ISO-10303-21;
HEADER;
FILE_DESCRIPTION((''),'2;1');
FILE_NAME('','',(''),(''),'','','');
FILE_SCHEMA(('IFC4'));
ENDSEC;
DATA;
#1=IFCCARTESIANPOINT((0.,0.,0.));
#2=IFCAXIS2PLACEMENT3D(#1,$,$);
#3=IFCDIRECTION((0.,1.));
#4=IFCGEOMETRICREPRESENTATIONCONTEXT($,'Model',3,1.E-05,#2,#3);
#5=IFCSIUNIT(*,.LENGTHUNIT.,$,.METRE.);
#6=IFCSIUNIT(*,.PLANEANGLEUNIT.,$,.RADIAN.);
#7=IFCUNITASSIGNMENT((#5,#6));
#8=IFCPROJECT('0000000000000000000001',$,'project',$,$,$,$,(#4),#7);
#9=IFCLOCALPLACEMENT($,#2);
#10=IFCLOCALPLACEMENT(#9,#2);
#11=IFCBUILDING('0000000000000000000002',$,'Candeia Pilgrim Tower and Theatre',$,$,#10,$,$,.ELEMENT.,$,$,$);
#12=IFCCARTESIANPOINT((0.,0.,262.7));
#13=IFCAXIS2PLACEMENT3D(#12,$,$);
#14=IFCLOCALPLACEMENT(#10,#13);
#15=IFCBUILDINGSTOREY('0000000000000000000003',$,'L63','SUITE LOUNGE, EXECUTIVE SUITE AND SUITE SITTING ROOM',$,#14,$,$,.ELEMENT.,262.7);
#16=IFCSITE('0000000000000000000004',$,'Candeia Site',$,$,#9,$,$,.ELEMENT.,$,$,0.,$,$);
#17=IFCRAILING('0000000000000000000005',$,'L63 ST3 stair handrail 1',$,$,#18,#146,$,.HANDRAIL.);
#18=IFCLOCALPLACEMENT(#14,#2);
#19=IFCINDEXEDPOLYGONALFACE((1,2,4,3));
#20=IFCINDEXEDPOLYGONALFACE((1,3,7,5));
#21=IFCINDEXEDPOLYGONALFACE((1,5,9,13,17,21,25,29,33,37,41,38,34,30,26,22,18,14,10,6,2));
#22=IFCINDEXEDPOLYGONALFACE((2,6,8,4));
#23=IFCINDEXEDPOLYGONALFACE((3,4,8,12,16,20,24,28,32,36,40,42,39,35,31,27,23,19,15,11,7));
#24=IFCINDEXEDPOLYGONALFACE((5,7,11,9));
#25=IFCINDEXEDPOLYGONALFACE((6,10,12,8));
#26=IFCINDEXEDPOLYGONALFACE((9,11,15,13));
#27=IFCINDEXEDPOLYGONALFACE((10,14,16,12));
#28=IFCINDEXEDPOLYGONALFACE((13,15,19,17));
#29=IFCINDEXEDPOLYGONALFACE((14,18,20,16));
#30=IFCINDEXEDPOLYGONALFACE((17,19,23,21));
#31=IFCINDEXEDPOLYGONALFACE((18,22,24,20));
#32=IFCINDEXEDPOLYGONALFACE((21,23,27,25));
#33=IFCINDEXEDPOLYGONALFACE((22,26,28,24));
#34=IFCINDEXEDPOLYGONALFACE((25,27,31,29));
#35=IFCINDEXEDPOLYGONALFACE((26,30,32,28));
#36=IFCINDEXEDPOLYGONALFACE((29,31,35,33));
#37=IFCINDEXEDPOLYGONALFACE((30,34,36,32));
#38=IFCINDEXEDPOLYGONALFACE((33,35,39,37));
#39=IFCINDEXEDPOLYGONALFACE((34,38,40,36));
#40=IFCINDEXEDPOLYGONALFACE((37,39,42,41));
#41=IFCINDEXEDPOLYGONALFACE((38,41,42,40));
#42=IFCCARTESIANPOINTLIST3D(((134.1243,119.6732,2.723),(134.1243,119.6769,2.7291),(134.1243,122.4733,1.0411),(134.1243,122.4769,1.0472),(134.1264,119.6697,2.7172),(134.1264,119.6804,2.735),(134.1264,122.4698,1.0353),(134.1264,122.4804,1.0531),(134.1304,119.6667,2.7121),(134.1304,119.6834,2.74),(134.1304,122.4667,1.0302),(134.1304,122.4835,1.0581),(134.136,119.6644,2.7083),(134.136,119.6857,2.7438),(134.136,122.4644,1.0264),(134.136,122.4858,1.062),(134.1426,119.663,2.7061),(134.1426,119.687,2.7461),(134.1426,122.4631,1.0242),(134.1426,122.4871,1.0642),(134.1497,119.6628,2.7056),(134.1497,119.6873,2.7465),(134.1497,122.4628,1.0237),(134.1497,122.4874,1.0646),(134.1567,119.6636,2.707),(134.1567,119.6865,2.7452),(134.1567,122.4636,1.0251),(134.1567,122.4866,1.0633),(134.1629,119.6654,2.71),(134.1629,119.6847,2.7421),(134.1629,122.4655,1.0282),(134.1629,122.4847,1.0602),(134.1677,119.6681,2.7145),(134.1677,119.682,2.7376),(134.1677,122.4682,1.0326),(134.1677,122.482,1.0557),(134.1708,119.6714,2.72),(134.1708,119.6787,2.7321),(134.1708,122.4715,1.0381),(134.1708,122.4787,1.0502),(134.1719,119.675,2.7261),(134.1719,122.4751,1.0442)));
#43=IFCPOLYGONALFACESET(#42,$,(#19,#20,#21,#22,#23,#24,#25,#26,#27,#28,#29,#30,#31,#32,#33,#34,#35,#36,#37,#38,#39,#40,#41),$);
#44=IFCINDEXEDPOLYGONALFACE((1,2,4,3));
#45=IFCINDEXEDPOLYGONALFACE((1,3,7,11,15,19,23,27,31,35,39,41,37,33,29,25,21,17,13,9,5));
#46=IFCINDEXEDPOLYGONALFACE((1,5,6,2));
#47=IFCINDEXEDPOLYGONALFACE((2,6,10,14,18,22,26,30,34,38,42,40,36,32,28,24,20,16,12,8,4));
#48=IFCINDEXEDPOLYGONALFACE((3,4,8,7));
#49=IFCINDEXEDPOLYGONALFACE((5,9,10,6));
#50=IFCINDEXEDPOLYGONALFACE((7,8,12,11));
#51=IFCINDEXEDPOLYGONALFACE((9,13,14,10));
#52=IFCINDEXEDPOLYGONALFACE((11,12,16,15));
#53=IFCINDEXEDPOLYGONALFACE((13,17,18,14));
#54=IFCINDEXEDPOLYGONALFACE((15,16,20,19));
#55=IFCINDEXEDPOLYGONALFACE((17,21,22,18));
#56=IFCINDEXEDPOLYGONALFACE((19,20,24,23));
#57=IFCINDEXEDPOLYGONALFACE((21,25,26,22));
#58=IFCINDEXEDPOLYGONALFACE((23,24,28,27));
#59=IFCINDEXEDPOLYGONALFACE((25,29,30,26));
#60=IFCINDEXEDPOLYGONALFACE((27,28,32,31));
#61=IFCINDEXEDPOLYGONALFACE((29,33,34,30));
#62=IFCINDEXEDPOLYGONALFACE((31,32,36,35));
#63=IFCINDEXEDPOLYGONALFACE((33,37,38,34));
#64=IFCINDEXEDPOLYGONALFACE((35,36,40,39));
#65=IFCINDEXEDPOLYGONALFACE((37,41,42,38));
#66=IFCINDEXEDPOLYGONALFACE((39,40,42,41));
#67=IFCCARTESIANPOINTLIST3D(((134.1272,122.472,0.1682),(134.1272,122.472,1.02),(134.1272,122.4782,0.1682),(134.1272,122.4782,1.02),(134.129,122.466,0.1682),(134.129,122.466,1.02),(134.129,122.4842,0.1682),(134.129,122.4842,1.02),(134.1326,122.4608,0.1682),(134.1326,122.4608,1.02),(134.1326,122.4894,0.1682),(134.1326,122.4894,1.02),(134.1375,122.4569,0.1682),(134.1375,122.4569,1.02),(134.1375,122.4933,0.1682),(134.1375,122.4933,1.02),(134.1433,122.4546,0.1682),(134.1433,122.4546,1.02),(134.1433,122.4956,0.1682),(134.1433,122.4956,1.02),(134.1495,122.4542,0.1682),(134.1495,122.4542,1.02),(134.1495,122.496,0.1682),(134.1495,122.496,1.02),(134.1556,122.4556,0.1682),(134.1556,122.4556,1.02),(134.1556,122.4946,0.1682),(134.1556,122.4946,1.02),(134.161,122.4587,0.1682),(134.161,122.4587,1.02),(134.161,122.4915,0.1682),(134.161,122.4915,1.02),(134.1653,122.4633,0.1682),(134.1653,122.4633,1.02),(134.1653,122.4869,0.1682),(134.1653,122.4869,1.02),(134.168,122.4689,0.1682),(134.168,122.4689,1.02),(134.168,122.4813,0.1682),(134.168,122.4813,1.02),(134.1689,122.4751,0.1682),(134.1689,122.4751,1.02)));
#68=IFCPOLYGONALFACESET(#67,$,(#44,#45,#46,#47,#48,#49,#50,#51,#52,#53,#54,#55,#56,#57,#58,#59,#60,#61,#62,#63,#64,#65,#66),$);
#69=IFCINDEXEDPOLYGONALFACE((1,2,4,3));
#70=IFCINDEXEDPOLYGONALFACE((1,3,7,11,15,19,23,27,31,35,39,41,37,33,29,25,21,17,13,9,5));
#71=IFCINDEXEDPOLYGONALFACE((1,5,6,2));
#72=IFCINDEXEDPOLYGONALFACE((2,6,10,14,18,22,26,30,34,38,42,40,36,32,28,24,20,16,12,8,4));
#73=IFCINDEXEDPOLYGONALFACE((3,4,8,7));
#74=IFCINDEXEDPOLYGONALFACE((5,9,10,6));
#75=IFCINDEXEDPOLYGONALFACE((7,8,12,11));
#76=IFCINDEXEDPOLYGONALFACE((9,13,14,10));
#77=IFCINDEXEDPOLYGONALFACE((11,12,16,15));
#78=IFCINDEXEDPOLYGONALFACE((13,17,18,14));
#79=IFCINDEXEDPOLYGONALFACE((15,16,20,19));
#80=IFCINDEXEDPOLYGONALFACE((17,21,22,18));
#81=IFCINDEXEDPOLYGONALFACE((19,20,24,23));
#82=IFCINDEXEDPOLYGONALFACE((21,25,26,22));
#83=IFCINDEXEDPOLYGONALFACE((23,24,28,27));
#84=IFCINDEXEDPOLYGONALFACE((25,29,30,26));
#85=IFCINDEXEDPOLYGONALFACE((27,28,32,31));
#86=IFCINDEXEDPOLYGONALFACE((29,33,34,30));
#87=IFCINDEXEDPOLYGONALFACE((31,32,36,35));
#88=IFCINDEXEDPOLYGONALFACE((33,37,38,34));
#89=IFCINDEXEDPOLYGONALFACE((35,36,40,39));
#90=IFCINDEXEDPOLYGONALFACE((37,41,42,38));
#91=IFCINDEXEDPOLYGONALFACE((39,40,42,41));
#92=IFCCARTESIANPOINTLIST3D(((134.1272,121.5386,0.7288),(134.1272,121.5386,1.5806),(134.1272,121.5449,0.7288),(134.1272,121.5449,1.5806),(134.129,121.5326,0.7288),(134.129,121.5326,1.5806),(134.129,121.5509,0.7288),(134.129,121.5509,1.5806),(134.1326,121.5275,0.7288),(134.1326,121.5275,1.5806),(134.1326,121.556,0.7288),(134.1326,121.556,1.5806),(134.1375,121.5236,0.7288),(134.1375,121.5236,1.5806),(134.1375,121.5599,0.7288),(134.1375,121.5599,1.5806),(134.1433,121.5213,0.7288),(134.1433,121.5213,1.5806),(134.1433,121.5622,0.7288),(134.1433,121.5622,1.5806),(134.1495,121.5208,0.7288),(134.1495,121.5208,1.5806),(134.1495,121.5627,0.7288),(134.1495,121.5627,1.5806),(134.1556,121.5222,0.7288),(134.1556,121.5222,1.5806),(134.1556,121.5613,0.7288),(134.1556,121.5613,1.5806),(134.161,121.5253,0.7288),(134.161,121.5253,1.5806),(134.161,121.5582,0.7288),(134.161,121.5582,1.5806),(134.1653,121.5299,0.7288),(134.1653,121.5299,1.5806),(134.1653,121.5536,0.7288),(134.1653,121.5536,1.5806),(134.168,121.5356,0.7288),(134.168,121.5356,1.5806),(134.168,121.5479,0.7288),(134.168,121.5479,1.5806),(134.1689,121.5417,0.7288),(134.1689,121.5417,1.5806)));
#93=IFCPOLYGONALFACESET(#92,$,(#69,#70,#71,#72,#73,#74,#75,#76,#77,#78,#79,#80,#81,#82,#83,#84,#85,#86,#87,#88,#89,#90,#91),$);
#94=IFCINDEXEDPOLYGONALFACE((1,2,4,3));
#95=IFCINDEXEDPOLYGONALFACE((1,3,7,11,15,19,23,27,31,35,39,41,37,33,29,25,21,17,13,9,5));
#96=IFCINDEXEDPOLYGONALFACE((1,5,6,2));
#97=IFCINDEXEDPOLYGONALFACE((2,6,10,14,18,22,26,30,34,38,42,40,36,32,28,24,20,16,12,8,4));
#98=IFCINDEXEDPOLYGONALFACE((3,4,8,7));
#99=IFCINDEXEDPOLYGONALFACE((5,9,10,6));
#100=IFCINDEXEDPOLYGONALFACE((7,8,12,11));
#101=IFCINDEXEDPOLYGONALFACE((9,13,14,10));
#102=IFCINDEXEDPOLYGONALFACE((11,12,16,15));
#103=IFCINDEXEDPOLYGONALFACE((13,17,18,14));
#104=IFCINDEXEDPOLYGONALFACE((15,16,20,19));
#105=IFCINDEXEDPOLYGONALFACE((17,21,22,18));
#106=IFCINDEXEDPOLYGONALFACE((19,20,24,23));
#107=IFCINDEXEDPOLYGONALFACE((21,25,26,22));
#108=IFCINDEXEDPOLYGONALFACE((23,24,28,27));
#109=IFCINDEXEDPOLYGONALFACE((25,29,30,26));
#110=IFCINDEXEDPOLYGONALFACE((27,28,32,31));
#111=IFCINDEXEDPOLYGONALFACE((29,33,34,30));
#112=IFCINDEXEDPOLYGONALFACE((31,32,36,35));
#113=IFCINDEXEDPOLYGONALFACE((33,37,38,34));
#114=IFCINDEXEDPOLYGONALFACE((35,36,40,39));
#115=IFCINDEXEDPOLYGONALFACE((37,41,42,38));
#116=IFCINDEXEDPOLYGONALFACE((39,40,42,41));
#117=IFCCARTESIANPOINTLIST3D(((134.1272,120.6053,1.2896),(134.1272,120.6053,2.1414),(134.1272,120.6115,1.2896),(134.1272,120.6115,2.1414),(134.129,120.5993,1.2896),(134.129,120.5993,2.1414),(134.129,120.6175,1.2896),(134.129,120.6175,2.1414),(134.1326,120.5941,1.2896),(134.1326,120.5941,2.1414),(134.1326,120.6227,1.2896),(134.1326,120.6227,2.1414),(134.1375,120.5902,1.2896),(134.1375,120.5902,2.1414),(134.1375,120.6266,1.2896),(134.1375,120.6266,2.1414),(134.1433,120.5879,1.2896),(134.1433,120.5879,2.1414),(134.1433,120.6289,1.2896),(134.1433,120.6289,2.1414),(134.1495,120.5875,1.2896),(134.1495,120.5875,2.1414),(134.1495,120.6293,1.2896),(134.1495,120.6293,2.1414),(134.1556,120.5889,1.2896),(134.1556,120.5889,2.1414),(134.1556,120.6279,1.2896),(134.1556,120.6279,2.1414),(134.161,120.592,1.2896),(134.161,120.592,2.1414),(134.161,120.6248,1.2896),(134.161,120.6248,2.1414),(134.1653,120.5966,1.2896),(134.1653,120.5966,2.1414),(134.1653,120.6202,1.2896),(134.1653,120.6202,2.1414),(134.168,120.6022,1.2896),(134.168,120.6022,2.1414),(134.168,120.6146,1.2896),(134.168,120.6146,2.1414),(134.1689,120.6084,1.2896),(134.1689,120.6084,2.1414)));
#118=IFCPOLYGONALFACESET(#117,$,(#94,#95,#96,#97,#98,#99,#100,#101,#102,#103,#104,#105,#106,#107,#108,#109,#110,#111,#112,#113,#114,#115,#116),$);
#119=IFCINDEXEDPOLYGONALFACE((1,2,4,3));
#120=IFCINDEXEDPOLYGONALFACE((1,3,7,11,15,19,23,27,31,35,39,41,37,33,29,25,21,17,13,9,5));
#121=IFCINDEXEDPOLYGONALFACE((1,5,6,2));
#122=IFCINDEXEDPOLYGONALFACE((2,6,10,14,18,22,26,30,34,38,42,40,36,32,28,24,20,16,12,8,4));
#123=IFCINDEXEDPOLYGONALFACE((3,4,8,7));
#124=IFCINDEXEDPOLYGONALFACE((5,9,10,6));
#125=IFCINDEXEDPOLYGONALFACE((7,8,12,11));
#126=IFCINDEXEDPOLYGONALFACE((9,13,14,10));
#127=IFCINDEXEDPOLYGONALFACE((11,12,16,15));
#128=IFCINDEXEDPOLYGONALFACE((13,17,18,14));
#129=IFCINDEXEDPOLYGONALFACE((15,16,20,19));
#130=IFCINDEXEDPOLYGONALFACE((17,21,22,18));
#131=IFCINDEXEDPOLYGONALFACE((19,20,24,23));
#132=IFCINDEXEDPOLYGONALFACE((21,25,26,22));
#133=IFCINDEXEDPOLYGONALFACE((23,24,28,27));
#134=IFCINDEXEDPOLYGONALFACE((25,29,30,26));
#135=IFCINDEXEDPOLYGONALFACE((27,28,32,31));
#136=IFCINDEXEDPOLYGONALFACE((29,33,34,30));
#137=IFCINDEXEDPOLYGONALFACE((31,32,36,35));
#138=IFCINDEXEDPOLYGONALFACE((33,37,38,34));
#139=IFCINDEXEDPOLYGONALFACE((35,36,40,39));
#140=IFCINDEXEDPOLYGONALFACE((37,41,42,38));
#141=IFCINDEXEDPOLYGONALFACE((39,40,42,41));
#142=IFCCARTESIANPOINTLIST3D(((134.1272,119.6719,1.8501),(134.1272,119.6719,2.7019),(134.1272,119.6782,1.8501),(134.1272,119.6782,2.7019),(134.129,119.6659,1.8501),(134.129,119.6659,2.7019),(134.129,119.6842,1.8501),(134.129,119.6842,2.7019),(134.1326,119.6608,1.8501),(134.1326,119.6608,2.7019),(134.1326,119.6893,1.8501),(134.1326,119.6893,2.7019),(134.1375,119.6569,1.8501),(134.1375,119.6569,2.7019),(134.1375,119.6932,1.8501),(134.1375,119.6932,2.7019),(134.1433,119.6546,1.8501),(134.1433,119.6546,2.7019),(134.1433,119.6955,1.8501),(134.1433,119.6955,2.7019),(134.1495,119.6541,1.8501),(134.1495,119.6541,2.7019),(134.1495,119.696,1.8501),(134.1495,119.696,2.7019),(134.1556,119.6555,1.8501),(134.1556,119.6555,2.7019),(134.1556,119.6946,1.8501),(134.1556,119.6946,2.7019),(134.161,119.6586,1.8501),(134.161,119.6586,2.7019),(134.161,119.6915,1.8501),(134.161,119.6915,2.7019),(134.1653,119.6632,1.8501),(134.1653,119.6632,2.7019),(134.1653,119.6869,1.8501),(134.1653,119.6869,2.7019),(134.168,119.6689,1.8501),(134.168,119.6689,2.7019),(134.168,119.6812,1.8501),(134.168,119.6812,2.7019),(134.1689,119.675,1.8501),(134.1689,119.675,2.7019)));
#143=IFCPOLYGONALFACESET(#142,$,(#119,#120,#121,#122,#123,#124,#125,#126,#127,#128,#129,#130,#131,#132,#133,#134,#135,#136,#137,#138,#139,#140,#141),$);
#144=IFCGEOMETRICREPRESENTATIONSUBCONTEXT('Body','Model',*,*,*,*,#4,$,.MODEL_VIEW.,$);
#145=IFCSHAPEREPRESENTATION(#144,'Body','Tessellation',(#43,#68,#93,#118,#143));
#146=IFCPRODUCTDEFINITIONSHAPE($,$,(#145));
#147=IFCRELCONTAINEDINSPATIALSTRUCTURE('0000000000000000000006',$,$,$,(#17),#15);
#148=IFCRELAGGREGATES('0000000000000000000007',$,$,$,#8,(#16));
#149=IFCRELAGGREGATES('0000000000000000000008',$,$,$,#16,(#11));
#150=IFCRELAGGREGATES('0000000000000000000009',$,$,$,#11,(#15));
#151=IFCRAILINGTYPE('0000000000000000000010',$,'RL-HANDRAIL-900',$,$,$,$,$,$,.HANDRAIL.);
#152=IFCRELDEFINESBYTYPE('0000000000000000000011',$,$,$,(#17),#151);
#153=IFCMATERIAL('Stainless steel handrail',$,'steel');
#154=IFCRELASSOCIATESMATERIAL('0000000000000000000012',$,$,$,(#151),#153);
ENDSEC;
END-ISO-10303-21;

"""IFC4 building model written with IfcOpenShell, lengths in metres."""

from ifc_helpers import new_model, si_unit, direction, frame, origin, origin_2d, place, context, subcontext, project, spatial, circle, extrude, material, type_object, element, save


model = new_model("IFC4")

# Units and contexts
model_context = context("Model", 3, precision=1e-05, world=origin(), true_north=direction((0.0, 1.0)))
body_context = subcontext(model_context, "Body", "Model", "MODEL_VIEW")
ifc_project = project(units=[si_unit("LENGTHUNIT", "METRE"), si_unit("PLANEANGLEUNIT", "RADIAN")], contexts=[model_context])

# Site, building, storey
site_placement = place(None, origin())
site = spatial("IfcSite", under=ifc_project, at=site_placement, Name="Candeia Site", CompositionType="ELEMENT", RefElevation=0.0)
building_placement = place(site_placement, origin())
building = spatial("IfcBuilding", under=site, at=building_placement, Name="Candeia Pilgrim Tower and Theatre", CompositionType="ELEMENT")
storey_placement = place(building_placement, frame((0.0, 0.0, 262.7)))
storey = spatial("IfcBuildingStorey", under=building, at=storey_placement, Name="L63", Description="SUITE LOUNGE, EXECUTIVE SUITE AND SUITE SITTING ROOM", CompositionType="ELEMENT", Elevation=262.7)

# Railing
ifc_material_1 = material(Name="Stainless steel handrail", Category="steel")
railing_type_1 = type_object("IfcRailingType", Name="RL-HANDRAIL-900", PredefinedType="HANDRAIL", material=ifc_material_1)
railing_1_placement = place(storey_placement, frame((134.1479, 122.4751, 0.1682)))
element("IfcRailing", 1, at=railing_1_placement, inside=storey, type_object=railing_type_1, Name="L63 ST3 stair handrail 1", PredefinedType="HANDRAIL", context=body_context, shape_type="SweptSolid", body=[
    extrude(circle(Radius=0.0239, at=origin_2d()), frame((0.0, 0.0, 0.876), z_axis=(0.0, -0.857242, 0.514913), x_axis=(1.0, 0.0, 0.0)), (0.0, 0.0, 1.0), 3.2664),
    extrude(circle(Radius=0.021, at=origin_2d()), origin(), (0.0, 0.0, 1.0), 0.8518),
    extrude(circle(Radius=0.021, at=origin_2d()), frame((0.0, -0.9333, 0.5605)), (0.0, 0.0, 1.0), 0.8518),
    extrude(circle(Radius=0.021, at=origin_2d()), frame((0.0, -1.8667, 1.1213)), (0.0, 0.0, 1.0), 0.8518),
    extrude(circle(Radius=0.021, at=origin_2d()), frame((0.0, -2.8, 1.6819)), (0.0, 0.0, 1.0), 0.8518),
])

save(model, "model.ifc")
